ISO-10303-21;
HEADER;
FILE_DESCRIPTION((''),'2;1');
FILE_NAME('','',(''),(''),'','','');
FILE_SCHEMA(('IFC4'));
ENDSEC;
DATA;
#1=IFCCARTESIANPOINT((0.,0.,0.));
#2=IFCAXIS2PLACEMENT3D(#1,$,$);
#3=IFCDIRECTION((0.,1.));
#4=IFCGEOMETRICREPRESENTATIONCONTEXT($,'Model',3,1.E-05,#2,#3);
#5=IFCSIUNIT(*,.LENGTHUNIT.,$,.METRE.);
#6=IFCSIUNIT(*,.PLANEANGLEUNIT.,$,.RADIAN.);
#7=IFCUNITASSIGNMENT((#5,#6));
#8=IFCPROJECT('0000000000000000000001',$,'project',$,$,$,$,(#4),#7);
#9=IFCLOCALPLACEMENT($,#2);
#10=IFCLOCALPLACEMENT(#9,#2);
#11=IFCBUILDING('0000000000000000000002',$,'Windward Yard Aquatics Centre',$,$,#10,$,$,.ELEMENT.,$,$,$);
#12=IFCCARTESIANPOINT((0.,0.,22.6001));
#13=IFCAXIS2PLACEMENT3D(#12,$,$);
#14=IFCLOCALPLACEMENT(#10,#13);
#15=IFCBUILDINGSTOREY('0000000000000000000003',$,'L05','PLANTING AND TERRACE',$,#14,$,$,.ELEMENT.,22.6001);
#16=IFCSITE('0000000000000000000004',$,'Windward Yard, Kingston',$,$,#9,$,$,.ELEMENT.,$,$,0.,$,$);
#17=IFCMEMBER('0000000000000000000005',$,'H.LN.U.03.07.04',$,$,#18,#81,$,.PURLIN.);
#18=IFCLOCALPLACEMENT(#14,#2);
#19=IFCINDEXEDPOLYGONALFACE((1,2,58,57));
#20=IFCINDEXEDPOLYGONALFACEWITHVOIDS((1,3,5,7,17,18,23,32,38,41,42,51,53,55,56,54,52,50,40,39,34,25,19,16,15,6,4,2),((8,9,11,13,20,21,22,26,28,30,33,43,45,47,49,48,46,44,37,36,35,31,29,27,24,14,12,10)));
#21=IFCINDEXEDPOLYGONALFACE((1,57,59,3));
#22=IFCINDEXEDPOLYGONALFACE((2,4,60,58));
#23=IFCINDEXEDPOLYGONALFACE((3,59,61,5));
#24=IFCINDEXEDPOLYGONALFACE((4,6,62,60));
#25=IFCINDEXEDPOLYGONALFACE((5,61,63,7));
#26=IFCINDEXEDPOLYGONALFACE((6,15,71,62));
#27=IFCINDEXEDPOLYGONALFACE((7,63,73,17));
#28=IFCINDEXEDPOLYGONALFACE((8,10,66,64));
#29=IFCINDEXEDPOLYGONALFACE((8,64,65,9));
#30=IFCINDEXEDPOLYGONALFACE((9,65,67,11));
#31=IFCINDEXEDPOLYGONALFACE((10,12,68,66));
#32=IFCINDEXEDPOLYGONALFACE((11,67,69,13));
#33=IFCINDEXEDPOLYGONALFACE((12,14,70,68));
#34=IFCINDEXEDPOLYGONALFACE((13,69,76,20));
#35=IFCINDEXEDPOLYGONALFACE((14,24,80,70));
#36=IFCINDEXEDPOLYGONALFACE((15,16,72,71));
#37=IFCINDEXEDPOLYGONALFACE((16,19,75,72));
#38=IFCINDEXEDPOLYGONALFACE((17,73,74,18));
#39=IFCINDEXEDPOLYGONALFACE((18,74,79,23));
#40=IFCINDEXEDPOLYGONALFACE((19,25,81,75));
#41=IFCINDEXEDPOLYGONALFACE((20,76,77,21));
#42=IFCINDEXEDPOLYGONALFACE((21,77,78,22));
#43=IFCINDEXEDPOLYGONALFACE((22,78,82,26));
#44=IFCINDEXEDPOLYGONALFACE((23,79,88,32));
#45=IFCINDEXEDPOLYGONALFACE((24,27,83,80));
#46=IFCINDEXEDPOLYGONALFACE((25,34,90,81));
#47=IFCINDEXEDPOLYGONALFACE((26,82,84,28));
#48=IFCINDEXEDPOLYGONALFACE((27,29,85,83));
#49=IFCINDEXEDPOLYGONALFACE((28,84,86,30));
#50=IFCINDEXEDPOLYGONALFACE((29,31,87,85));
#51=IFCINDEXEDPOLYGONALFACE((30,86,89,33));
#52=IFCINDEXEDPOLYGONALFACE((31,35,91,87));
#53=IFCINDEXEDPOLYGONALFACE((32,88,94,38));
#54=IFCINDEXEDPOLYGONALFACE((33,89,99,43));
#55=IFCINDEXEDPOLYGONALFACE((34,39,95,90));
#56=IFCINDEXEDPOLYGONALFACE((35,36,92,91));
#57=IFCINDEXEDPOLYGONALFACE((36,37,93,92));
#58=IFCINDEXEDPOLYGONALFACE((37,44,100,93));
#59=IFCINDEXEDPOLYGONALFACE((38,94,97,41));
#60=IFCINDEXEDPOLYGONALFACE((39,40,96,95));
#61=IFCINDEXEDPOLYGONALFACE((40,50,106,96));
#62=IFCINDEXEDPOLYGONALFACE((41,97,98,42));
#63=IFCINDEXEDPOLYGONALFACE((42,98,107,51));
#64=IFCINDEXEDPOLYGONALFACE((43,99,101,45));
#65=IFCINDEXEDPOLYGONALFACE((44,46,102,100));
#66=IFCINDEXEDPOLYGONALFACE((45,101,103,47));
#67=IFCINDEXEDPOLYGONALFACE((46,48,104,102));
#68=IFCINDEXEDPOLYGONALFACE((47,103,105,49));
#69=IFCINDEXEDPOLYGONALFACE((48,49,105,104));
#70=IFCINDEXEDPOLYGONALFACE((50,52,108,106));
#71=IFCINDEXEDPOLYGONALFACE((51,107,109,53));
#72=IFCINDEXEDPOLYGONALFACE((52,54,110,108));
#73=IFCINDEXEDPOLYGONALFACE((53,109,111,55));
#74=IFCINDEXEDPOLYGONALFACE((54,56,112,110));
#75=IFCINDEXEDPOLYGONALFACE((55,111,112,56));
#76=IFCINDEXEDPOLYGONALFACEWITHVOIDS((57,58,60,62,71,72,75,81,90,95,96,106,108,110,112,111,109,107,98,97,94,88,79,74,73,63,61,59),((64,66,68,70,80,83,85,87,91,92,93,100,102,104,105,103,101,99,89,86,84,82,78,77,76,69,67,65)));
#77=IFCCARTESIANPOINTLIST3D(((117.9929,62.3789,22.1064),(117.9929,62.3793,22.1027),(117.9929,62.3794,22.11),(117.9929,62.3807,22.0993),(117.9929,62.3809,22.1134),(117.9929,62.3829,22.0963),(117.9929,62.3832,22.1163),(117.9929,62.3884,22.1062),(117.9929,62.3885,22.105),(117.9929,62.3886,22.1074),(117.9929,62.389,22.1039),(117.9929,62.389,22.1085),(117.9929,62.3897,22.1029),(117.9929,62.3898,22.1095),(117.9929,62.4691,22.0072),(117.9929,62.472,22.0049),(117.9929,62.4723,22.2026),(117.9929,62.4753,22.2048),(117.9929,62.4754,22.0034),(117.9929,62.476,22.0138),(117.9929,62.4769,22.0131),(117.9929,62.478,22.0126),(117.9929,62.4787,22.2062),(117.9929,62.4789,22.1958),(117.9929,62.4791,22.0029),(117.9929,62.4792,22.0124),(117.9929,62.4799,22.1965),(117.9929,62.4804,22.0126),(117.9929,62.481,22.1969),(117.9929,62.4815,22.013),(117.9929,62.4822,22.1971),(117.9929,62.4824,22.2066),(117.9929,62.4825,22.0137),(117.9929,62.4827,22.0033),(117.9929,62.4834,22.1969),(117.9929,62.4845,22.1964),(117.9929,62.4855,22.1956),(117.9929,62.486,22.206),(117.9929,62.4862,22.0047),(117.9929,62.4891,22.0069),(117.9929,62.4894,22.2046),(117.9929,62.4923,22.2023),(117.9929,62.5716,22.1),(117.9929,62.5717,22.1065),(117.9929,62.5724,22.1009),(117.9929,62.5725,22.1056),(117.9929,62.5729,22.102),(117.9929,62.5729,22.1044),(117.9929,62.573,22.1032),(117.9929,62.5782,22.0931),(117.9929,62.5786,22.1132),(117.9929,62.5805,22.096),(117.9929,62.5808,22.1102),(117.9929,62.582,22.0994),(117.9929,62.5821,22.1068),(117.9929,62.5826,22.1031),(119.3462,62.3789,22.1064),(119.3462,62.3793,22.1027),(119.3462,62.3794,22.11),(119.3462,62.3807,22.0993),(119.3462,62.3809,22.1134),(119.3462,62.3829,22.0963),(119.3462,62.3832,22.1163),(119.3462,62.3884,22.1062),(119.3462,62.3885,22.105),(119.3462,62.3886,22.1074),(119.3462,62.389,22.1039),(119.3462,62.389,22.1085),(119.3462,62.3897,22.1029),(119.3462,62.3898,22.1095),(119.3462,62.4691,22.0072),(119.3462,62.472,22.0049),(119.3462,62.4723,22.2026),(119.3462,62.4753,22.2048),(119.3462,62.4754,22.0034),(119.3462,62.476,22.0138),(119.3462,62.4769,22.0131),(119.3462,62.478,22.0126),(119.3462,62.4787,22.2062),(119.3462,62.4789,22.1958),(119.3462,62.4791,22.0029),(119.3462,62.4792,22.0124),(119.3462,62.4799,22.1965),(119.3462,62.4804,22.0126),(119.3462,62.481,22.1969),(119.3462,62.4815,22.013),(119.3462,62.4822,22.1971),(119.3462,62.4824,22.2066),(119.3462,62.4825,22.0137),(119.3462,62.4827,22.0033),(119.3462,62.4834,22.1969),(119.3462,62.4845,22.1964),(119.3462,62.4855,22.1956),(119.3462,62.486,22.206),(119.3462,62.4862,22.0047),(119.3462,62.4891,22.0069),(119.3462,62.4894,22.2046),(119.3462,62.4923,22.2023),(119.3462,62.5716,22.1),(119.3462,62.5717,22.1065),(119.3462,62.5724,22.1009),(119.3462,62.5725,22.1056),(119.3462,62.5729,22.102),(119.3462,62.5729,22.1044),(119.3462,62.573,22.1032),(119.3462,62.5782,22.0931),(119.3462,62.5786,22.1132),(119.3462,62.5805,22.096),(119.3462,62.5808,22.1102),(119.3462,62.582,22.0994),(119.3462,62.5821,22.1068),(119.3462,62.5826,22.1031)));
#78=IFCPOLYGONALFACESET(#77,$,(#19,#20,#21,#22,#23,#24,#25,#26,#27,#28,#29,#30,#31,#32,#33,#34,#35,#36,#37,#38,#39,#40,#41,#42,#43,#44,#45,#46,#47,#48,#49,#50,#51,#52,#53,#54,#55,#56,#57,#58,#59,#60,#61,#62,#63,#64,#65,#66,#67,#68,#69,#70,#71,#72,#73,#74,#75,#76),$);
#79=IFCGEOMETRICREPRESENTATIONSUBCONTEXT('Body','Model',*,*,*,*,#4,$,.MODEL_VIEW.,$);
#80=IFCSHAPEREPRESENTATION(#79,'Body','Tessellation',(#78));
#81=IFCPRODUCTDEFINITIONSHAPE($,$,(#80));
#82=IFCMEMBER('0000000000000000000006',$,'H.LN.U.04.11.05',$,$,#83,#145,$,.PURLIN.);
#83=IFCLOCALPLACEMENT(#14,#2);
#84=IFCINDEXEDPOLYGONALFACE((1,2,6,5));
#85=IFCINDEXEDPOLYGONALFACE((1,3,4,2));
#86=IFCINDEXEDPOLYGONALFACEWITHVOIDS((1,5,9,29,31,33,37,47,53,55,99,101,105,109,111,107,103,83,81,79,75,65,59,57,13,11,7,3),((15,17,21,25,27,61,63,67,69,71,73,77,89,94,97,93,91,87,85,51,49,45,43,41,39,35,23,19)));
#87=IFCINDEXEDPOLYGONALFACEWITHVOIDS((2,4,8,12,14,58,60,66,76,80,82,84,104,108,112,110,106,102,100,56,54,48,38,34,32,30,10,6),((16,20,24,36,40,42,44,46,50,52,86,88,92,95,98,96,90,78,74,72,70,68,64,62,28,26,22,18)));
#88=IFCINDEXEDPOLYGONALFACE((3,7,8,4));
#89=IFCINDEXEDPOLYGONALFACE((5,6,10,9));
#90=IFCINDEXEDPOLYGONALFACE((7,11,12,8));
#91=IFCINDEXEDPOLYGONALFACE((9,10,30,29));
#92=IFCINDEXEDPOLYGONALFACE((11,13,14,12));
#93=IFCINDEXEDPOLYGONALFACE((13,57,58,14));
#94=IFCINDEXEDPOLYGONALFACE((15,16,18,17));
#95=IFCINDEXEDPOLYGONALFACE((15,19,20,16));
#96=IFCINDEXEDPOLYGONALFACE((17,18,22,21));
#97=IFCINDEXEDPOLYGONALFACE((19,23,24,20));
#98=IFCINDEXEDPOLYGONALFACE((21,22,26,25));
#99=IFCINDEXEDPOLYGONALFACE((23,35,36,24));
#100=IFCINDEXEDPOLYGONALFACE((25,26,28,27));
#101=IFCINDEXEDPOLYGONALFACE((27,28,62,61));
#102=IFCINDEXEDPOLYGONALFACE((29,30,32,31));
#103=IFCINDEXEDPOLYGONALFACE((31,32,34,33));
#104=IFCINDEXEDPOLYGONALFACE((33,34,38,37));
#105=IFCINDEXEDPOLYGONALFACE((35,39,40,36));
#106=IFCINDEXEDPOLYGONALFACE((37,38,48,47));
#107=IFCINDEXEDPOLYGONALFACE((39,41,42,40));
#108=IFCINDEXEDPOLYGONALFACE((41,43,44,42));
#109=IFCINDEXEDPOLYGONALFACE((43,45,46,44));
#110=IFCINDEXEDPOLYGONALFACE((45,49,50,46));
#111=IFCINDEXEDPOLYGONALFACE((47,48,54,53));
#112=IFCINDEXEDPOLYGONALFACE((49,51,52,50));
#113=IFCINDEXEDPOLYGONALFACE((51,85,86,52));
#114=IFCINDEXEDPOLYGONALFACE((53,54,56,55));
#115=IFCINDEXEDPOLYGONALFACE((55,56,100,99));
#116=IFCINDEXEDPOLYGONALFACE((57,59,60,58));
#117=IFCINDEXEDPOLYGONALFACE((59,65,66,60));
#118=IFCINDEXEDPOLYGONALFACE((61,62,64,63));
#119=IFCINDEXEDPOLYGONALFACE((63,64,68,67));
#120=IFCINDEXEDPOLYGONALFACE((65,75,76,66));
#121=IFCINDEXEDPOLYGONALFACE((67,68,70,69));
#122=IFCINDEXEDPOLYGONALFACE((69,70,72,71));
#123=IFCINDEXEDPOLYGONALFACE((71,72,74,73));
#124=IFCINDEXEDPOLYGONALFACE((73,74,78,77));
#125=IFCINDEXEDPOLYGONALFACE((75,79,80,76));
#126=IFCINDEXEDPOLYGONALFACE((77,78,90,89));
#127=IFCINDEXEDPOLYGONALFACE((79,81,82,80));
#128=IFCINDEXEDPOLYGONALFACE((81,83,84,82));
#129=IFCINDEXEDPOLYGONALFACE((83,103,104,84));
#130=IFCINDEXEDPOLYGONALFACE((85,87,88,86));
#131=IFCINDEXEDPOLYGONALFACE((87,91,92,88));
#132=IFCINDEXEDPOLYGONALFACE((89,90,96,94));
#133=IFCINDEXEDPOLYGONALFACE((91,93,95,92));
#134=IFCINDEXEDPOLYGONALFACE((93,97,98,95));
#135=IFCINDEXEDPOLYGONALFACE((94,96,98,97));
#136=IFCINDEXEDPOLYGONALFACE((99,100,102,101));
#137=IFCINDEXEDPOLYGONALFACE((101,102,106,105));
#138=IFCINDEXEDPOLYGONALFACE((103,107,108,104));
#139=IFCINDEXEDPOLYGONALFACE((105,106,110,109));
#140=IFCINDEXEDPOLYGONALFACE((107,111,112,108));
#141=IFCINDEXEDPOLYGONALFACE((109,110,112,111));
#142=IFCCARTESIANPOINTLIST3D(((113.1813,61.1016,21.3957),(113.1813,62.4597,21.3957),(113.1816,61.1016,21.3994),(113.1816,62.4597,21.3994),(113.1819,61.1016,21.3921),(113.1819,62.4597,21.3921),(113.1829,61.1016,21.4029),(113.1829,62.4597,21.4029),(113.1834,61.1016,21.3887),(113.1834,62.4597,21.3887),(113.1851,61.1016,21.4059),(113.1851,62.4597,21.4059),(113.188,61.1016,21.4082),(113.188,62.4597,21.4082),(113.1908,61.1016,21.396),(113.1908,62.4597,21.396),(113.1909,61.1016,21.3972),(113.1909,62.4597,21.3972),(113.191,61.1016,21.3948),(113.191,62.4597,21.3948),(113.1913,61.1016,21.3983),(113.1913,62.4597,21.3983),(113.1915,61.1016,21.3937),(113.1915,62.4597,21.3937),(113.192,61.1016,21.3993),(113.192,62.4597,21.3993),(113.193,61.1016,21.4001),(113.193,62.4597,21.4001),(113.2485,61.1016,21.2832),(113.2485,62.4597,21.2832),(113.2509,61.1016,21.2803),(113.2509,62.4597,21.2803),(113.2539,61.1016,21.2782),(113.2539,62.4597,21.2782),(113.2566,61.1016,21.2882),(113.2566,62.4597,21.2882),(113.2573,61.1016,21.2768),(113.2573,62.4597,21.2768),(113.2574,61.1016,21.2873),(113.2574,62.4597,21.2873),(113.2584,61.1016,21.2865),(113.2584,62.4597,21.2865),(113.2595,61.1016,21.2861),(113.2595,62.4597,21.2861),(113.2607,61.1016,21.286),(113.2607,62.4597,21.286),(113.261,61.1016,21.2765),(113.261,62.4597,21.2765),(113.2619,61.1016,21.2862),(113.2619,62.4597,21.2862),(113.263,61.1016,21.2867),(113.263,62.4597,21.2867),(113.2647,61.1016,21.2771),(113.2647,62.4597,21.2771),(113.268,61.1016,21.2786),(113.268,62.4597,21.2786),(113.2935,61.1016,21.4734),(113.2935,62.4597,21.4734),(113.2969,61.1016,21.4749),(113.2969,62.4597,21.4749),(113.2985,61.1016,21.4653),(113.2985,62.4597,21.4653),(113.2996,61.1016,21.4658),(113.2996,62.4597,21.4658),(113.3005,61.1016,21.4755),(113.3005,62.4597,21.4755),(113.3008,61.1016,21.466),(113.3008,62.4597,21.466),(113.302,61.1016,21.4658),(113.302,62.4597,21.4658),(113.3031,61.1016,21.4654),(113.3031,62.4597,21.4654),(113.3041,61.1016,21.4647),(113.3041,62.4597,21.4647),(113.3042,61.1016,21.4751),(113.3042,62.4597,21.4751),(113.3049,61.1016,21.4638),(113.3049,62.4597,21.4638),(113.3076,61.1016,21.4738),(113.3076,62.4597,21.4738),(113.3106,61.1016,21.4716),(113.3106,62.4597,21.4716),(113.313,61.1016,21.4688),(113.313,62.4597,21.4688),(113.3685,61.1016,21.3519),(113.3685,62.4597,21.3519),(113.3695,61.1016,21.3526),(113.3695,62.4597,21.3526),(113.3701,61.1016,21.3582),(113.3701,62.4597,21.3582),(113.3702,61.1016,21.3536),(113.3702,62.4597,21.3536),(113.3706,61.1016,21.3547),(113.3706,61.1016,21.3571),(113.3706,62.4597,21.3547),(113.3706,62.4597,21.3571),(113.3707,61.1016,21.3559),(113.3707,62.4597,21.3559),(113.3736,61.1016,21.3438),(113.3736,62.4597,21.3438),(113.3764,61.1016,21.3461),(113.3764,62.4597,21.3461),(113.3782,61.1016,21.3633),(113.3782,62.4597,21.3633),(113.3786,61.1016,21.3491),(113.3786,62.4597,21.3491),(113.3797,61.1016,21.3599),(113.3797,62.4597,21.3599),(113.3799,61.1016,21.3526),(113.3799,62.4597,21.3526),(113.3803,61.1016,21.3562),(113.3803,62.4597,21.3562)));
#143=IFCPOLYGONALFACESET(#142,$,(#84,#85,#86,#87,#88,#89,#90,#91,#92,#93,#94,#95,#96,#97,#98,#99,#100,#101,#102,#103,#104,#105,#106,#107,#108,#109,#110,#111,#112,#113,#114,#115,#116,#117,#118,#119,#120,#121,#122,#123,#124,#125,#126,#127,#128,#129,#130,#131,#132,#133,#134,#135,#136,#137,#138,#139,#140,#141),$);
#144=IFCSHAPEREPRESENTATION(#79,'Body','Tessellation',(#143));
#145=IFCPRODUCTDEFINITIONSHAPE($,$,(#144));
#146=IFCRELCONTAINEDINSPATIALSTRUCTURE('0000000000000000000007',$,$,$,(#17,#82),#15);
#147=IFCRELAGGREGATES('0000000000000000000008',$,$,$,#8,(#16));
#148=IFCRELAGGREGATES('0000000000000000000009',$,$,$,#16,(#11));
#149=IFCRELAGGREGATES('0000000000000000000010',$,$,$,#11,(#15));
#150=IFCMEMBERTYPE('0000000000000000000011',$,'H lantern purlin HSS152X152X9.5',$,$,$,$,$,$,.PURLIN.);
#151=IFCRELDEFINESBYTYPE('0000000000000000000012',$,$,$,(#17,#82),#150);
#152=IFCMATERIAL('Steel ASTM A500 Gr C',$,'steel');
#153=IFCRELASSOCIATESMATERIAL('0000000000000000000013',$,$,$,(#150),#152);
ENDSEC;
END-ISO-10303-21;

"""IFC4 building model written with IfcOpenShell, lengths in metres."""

from ifc_helpers import new_model, si_unit, direction, frame, origin, origin_2d, place, context, subcontext, project, spatial, hollow_rectangle, extrude, material, material_profile, profile_set, type_object, element, save


model = new_model("IFC4")

# Units and contexts
model_context = context("Model", 3, precision=1e-05, world=origin(), true_north=direction((0.0, 1.0)))
body_context = subcontext(model_context, "Body", "Model", "MODEL_VIEW")
ifc_project = project(units=[si_unit("LENGTHUNIT", "METRE"), si_unit("PLANEANGLEUNIT", "RADIAN")], contexts=[model_context])

# Site, building, storey
site_placement = place(None, origin())
site = spatial("IfcSite", under=ifc_project, at=site_placement, Name="Windward Yard, Kingston", CompositionType="ELEMENT", RefElevation=0.0)
building_placement = place(site_placement, origin())
building = spatial("IfcBuilding", under=site, at=building_placement, Name="Windward Yard Aquatics Centre", CompositionType="ELEMENT")
storey_placement = place(building_placement, frame((0.0, 0.0, 22.6001)))
storey = spatial("IfcBuildingStorey", under=building, at=storey_placement, Name="L05", Description="PLANTING AND TERRACE", CompositionType="ELEMENT", Elevation=22.6001)

# Members
ifc_material_1 = material(Name="Steel ASTM A500 Gr C", Category="steel")
ifc_material_profile = material_profile(ifc_material_1, hollow_rectangle(XDim=0.1523, YDim=0.1523, WallThickness=0.0095, InnerFilletRadius=0.0046, OuterFilletRadius=0.0142, at=origin_2d()), Name="HSS152X152X9.5")
ifc_profile_set = profile_set([ifc_material_profile], Name="Steel ASTM A500 Gr C")
member_type = type_object("IfcMemberType", Name="H lantern purlin HSS152X152X9.5", PredefinedType="PURLIN", material=ifc_profile_set)
member_1_placement = place(storey_placement, frame((117.9929, 62.4807, 22.1047), z_axis=(1.0, 0.0, 0.0), x_axis=(0.0, 0.69555, -0.718477)))
element("IfcMember", 1, at=member_1_placement, inside=storey, type_object=member_type, Name="H.LN.U.03.07.04", PredefinedType="PURLIN", context=body_context, shape_type="SweptSolid", body=[
    extrude(hollow_rectangle(XDim=0.1523, YDim=0.1523, WallThickness=0.0095, InnerFilletRadius=0.0046, OuterFilletRadius=0.0142, at=origin_2d()), origin(), (0.0, 0.0, 1.0), 1.3533),
])
member_2_placement = place(storey_placement, frame((113.2808, 61.1016, 21.376), z_axis=(0.0, 1.0, 0.0), x_axis=(-0.850755, 0.0, -0.525562)))
element("IfcMember", 2, at=member_2_placement, inside=storey, type_object=member_type, Name="H.LN.U.04.11.05", PredefinedType="PURLIN", context=body_context, shape_type="SweptSolid", body=[
    extrude(hollow_rectangle(XDim=0.1523, YDim=0.1523, WallThickness=0.0095, InnerFilletRadius=0.0046, OuterFilletRadius=0.0142, at=origin_2d()), origin(), (0.0, 0.0, 1.0), 1.3582),
])

save(model, "model.ifc")
